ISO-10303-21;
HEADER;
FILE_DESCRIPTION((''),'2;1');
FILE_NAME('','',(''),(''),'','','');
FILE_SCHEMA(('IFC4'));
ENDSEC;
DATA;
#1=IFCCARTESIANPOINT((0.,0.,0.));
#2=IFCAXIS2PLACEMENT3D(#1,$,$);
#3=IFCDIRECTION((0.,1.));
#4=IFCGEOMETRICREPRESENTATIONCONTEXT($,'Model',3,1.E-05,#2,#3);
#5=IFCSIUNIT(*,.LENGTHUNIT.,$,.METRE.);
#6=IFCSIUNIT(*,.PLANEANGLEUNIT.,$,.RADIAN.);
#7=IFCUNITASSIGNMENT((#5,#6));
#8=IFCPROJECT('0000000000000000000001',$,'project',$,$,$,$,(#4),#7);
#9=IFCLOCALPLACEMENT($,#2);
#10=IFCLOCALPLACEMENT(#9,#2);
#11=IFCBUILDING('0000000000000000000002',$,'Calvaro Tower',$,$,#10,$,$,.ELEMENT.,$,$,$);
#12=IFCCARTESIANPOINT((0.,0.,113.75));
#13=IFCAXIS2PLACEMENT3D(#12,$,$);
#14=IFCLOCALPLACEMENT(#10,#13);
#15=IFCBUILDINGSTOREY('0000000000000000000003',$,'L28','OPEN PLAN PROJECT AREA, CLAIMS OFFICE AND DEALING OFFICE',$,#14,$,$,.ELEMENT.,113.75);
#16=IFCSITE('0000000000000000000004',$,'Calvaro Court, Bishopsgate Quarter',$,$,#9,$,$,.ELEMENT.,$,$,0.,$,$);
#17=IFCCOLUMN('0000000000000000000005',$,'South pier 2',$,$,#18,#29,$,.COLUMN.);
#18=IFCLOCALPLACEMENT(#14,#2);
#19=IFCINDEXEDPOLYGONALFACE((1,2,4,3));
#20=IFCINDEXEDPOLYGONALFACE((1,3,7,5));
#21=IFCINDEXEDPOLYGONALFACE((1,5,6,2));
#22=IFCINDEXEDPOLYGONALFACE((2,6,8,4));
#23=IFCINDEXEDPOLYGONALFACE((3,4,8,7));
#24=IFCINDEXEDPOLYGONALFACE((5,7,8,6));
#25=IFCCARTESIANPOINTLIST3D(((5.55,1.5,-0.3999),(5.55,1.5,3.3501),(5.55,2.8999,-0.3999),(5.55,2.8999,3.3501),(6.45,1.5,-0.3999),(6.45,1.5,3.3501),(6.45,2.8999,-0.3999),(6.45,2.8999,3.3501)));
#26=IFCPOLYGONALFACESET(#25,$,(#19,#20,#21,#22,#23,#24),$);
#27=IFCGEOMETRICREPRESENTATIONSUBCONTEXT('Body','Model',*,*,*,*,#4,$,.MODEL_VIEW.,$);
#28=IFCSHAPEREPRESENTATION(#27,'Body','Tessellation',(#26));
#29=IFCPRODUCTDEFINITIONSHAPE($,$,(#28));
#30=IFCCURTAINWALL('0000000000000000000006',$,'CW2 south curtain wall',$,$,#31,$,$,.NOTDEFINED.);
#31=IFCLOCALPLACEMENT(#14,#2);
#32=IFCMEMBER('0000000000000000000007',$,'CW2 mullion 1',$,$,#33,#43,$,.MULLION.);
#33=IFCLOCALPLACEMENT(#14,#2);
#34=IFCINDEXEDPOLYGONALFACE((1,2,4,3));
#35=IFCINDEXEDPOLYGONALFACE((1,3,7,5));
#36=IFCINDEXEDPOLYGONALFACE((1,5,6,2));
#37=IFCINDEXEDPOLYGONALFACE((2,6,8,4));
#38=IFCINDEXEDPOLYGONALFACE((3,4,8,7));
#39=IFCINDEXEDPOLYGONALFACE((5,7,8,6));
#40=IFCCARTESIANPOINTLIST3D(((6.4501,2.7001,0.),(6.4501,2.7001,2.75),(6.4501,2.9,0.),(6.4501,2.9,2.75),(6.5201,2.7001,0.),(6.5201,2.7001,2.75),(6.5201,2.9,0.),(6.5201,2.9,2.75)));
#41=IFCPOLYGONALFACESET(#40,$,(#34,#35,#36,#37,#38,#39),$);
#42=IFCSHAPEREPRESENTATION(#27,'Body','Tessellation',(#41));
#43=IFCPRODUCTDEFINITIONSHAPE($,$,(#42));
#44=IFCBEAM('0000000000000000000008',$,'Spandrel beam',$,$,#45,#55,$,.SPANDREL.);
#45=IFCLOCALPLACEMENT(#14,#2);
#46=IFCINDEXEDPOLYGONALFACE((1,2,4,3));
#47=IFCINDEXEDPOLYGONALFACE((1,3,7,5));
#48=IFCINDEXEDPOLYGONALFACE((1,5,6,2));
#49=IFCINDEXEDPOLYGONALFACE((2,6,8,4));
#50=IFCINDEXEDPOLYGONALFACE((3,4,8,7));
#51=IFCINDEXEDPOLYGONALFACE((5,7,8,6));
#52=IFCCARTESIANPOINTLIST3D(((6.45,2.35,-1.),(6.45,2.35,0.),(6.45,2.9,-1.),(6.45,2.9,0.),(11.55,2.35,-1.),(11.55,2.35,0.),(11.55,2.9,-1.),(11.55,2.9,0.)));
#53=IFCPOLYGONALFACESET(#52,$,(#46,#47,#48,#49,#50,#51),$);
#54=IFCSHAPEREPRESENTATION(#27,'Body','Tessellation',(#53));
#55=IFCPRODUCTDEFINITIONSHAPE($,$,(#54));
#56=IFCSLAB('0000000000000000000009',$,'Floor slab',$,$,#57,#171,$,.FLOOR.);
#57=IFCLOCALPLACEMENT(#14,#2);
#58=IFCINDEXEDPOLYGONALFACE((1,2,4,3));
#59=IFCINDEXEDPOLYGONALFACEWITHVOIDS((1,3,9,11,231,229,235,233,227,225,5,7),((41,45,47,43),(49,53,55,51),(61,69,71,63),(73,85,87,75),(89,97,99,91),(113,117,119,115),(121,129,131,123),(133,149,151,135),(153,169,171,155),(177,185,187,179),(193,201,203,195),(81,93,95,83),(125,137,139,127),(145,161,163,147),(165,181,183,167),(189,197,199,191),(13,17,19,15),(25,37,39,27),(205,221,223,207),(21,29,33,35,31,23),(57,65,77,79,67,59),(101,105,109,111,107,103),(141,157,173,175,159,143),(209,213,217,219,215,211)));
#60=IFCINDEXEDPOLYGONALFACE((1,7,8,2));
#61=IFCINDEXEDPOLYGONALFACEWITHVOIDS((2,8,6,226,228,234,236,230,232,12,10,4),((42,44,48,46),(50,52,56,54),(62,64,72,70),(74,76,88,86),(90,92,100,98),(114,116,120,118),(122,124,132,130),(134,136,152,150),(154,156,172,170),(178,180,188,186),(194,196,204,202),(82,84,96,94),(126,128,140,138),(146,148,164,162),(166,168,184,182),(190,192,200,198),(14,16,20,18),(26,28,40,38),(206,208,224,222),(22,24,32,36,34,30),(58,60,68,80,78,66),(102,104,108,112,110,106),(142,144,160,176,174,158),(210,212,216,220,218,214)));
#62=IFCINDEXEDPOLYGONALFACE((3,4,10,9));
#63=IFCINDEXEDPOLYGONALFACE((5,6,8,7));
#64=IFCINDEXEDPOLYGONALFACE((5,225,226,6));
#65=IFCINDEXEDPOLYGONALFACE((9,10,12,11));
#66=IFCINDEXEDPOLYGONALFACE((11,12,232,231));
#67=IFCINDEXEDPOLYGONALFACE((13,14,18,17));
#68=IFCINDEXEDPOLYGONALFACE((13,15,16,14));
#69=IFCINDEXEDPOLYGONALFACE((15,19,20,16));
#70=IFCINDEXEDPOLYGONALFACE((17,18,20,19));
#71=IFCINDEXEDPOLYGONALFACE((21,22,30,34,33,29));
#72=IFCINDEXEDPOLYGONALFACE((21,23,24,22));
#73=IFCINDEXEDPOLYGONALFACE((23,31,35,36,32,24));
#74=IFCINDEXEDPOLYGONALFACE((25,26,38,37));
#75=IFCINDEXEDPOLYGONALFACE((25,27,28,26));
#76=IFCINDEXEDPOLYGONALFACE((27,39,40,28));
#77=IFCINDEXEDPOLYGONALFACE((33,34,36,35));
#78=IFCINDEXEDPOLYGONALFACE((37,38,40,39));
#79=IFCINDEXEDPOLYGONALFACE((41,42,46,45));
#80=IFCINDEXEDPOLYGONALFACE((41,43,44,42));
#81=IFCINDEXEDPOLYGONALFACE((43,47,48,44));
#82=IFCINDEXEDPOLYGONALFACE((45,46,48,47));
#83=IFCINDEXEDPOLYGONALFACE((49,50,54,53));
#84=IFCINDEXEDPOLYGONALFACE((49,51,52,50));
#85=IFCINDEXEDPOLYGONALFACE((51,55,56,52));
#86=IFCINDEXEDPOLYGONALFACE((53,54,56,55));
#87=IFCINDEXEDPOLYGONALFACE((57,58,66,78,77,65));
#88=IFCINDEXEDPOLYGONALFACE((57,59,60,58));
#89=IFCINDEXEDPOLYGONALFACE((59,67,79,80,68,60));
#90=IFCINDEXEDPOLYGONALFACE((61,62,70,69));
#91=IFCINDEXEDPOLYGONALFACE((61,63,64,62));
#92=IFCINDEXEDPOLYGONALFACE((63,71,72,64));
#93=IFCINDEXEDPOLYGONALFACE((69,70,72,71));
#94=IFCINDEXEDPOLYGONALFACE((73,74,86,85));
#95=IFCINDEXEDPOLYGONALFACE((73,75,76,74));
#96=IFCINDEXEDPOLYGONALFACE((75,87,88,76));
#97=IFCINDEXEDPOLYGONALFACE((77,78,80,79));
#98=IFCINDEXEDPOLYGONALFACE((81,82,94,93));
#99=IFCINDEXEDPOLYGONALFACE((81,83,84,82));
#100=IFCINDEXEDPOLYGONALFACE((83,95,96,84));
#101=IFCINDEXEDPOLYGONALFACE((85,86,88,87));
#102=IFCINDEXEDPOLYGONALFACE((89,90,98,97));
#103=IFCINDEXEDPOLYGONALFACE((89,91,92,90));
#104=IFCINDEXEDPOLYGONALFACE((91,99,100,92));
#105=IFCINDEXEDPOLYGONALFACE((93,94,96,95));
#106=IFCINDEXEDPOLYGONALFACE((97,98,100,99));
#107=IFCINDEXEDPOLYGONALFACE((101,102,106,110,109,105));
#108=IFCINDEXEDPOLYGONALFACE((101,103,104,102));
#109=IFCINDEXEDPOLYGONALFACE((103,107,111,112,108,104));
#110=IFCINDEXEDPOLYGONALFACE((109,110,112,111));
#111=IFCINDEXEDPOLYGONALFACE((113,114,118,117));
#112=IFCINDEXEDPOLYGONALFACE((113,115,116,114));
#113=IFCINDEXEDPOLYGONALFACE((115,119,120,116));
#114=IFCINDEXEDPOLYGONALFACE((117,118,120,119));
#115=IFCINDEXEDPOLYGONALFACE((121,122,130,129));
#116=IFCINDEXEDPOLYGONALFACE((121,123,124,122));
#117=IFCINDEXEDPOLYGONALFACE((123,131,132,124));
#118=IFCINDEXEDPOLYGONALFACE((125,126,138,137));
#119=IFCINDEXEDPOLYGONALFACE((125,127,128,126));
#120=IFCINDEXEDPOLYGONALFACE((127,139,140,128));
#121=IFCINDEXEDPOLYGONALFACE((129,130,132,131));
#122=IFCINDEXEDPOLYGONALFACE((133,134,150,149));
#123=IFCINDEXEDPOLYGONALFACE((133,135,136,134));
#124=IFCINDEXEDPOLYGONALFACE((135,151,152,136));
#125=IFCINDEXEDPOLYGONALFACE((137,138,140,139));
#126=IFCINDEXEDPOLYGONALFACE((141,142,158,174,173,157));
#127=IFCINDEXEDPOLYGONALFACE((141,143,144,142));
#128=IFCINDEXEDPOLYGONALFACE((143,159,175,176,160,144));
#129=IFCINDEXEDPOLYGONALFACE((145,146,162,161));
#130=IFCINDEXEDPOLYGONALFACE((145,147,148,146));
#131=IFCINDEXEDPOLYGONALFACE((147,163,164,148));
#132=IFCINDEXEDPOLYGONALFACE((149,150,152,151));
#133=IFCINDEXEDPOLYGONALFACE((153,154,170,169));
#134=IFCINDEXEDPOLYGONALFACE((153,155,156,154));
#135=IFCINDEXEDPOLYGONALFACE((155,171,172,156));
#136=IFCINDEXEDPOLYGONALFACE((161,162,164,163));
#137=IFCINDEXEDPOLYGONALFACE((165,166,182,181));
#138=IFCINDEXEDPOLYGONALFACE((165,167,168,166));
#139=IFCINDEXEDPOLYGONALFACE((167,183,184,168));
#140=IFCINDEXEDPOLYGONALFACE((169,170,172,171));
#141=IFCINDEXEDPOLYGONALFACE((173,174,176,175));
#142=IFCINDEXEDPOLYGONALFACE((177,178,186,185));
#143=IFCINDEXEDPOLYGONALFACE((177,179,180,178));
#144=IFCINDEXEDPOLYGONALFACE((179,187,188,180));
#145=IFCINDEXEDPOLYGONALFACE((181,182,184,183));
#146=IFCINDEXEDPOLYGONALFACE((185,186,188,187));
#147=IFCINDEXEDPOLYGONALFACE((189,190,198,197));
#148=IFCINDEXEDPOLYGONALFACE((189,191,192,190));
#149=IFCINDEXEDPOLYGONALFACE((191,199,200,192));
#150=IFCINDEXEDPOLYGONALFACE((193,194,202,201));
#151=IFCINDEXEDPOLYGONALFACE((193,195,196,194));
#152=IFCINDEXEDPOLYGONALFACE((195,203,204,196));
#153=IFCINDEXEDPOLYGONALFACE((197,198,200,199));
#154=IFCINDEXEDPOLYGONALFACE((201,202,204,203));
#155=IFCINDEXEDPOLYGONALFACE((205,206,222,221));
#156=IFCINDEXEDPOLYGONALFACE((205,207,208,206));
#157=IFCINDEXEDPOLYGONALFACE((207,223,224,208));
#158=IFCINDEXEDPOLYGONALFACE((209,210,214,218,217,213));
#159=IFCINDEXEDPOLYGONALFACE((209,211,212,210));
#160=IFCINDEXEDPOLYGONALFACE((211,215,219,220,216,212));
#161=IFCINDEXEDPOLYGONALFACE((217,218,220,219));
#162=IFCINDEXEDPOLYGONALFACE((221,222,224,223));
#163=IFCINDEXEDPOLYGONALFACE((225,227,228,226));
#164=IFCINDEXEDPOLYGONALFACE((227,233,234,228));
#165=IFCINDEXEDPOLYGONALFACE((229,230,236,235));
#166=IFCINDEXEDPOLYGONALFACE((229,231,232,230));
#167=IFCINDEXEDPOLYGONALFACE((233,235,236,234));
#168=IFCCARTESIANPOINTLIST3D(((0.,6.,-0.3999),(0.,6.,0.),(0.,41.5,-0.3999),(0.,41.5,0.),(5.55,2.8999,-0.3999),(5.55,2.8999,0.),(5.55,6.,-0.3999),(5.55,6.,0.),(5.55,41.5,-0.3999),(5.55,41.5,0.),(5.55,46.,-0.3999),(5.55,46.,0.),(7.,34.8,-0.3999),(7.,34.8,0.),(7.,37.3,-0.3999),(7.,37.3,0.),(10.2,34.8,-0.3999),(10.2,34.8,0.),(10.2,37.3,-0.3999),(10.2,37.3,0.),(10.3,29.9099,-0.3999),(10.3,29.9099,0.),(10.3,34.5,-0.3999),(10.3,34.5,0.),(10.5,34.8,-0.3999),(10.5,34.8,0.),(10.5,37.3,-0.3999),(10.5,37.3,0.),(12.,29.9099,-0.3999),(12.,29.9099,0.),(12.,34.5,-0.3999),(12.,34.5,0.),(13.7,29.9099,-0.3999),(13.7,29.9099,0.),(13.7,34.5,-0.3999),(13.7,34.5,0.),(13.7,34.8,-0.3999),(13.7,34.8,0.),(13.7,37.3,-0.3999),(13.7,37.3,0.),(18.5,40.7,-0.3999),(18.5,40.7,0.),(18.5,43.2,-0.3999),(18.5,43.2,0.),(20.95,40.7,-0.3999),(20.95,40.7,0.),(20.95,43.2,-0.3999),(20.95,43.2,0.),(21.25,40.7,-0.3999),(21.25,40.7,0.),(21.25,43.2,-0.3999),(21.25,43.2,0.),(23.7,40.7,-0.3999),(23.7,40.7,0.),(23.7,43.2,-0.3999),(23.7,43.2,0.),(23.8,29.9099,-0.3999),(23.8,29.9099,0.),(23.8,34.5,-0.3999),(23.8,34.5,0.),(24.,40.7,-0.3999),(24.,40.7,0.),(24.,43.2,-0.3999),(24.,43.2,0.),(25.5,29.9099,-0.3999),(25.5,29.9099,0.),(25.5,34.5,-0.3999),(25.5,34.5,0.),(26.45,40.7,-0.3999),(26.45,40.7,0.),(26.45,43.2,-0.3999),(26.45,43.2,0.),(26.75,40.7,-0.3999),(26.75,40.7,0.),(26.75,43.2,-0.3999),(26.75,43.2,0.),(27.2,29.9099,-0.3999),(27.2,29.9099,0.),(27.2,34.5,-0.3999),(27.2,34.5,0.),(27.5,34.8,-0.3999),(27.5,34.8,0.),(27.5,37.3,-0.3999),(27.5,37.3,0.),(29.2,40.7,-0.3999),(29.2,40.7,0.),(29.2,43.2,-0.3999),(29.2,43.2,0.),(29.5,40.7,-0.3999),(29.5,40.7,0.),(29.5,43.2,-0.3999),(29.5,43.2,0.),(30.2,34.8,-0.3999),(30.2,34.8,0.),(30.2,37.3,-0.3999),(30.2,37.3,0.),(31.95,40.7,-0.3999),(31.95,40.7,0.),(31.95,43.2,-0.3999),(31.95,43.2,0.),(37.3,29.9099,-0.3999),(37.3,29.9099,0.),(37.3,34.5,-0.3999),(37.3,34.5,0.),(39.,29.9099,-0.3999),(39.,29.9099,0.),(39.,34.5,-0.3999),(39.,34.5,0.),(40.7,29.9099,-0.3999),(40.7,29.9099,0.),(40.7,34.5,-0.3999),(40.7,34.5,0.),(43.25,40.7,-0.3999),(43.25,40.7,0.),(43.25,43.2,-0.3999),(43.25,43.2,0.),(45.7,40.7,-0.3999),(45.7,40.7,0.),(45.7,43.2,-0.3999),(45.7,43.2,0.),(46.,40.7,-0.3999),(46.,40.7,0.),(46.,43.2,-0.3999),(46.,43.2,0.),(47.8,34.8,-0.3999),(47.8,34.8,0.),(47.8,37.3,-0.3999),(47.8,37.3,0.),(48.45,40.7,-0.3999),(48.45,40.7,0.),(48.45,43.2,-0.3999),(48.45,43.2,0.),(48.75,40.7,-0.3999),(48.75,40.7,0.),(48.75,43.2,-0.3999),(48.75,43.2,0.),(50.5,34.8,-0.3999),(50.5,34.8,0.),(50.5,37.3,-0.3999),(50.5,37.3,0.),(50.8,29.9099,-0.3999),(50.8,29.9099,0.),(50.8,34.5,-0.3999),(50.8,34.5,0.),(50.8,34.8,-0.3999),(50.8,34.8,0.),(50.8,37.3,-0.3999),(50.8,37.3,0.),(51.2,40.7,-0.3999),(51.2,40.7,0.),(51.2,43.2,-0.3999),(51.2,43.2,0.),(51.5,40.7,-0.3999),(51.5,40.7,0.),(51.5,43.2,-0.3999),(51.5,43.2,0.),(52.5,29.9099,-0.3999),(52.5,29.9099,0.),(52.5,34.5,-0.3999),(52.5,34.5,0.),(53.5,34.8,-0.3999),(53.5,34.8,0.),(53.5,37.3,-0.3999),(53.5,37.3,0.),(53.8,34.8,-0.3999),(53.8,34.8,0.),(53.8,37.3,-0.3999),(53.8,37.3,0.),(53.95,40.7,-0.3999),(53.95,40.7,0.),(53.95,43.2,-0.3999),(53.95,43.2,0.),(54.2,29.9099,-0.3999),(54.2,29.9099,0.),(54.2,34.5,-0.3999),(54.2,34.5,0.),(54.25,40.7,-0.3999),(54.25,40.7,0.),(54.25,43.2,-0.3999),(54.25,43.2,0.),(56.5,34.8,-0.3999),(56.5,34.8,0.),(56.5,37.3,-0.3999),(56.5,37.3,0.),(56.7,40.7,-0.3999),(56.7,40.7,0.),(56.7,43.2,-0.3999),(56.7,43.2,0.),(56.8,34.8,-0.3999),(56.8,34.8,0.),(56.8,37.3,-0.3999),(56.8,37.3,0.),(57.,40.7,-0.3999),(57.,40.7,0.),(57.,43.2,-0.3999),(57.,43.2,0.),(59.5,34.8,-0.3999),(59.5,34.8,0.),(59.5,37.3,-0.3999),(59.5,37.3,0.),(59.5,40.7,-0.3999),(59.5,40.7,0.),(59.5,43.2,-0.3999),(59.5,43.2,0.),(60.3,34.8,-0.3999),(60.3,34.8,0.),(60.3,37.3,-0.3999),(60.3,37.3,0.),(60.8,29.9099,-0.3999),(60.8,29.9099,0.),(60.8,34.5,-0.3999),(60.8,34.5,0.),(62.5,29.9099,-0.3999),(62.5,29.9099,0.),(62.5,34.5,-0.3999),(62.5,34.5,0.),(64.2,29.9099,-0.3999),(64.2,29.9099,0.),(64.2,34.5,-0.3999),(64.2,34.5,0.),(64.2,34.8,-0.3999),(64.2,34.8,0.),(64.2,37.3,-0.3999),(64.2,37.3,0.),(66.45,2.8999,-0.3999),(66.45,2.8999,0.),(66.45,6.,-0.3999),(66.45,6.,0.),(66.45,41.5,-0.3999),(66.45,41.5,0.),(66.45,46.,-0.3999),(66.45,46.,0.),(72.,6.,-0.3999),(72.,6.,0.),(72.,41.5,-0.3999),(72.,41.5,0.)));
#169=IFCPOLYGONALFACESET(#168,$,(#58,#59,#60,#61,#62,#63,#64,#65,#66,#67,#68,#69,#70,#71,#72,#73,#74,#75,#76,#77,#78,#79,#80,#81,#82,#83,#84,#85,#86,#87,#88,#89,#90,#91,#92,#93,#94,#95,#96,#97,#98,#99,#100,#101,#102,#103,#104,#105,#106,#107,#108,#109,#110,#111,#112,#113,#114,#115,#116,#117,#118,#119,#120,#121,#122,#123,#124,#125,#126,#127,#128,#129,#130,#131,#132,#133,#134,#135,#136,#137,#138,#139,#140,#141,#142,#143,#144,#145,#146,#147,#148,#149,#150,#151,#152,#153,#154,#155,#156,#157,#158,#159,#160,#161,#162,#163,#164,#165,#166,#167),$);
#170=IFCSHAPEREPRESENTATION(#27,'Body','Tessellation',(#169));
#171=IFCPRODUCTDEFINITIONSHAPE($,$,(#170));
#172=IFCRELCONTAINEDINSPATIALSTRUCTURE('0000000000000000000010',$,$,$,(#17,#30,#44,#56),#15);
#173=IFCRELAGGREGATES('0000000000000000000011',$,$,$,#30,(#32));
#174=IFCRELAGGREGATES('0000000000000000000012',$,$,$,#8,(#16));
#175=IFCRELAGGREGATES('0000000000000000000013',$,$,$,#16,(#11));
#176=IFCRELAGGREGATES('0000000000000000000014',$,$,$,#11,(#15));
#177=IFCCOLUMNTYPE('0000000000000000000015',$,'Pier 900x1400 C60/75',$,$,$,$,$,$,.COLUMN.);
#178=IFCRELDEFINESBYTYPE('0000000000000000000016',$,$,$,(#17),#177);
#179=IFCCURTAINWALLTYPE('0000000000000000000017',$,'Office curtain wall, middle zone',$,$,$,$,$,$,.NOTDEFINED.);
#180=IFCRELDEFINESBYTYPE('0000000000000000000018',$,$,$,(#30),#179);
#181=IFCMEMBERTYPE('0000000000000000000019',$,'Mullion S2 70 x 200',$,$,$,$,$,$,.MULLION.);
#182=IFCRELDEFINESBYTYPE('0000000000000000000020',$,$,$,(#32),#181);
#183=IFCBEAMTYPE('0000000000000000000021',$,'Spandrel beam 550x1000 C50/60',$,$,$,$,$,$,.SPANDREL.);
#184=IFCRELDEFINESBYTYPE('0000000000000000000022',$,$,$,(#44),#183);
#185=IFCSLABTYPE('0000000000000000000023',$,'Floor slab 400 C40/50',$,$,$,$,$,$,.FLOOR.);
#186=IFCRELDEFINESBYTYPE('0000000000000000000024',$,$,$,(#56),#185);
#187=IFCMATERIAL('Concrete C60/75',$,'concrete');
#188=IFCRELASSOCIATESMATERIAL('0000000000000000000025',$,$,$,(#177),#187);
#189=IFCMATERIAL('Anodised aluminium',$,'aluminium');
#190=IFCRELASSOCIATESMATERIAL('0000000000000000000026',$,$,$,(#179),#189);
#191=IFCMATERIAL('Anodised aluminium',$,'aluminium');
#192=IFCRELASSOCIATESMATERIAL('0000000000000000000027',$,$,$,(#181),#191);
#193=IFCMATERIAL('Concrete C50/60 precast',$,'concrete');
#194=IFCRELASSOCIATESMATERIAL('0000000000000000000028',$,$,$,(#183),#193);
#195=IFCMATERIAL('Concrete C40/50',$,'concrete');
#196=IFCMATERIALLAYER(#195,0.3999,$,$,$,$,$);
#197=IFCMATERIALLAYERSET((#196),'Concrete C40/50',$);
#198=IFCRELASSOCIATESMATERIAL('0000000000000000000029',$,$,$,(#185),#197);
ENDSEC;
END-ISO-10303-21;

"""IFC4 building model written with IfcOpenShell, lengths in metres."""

from ifc_helpers import new_model, si_unit, direction, frame, origin, origin_2d, place, context, subcontext, project, spatial, polyline, rectangle, outline, extrude, material, layer, layer_set, material_profile, profile_set, type_object, element, aggregate, save


model = new_model("IFC4")

# Units and contexts
model_context = context("Model", 3, precision=1e-05, world=origin(), true_north=direction((0.0, 1.0)))
body_context = subcontext(model_context, "Body", "Model", "MODEL_VIEW")
ifc_project = project(units=[si_unit("LENGTHUNIT", "METRE"), si_unit("PLANEANGLEUNIT", "RADIAN")], contexts=[model_context])

# Site, building, storey
site_placement = place(None, origin())
site = spatial("IfcSite", under=ifc_project, at=site_placement, Name="Calvaro Court, Bishopsgate Quarter", CompositionType="ELEMENT", RefElevation=0.0)
building_placement = place(site_placement, origin())
building = spatial("IfcBuilding", under=site, at=building_placement, Name="Calvaro Tower", CompositionType="ELEMENT")
storey_placement = place(building_placement, frame((0.0, 0.0, 113.75)))
storey = spatial("IfcBuildingStorey", under=building, at=storey_placement, Name="L28", Description="OPEN PLAN PROJECT AREA, CLAIMS OFFICE AND DEALING OFFICE", CompositionType="ELEMENT", Elevation=113.75)

# Column
ifc_material_1 = material(Name="Concrete C60/75", Category="concrete")
ifc_material_profile_1 = material_profile(ifc_material_1, rectangle(XDim=0.8999, YDim=1.3999, at=origin_2d()), Name="RC 900x1400")
ifc_profile_set_1 = profile_set([ifc_material_profile_1], Name="Concrete C60/75")
column_type = type_object("IfcColumnType", Name="Pier 900x1400 C60/75", PredefinedType="COLUMN", material=ifc_profile_set_1)
column_placement = place(storey_placement, frame((6.0, 2.2, -0.3999), z_axis=(0.0, 0.0, 1.0), x_axis=(1.0, 0.0, 0.0)))
element("IfcColumn", 1, at=column_placement, inside=storey, type_object=column_type, Name="South pier 2", PredefinedType="COLUMN", context=body_context, shape_type="SweptSolid", body=[
    extrude(rectangle(XDim=0.8999, YDim=1.3999, at=origin_2d()), origin(), (0.0, 0.0, 1.0), 3.75),
])

# Curtain wall, member
ifc_material_2 = material(Name="Anodised aluminium", Category="aluminium")
curtain_wall_type = type_object("IfcCurtainWallType", Name="Office curtain wall, middle zone", PredefinedType="NOTDEFINED", material=ifc_material_2)
curtain_wall_placement = place(storey_placement, origin())
curtain_wall = element("IfcCurtainWall", 2, at=curtain_wall_placement, inside=storey, type_object=curtain_wall_type, Name="CW2 south curtain wall", PredefinedType="NOTDEFINED")
ifc_material_3 = material(Name="Anodised aluminium", Category="aluminium")
ifc_material_profile_2 = material_profile(ifc_material_3, rectangle(XDim=0.2, YDim=0.0701, at=origin_2d()), Name="Mullion S2 70 x 200")
ifc_profile_set_2 = profile_set([ifc_material_profile_2], Name="Anodised aluminium")
member_type = type_object("IfcMemberType", Name="Mullion S2 70 x 200", PredefinedType="MULLION", material=ifc_profile_set_2)
member_placement = place(storey_placement, frame((6.4851, 2.8, 0.0), z_axis=(0.0, 0.0, 1.0), x_axis=(0.0, 1.0, 0.0)))
member = element("IfcMember", 3, at=member_placement, type_object=member_type, Name="CW2 mullion 1", PredefinedType="MULLION", context=body_context, shape_type="SweptSolid", body=[
    extrude(rectangle(XDim=0.2, YDim=0.0701, at=origin_2d()), origin(), (0.0, 0.0, 1.0), 2.75),
])
aggregate(curtain_wall, [member])

# Beam
ifc_material_4 = material(Name="Concrete C50/60 precast", Category="concrete")
ifc_material_profile_3 = material_profile(ifc_material_4, rectangle(XDim=0.55, YDim=1.0, at=origin_2d()), Name="RC 550x1000")
ifc_profile_set_3 = profile_set([ifc_material_profile_3], Name="Concrete C50/60 precast")
beam_type = type_object("IfcBeamType", Name="Spandrel beam 550x1000 C50/60", PredefinedType="SPANDREL", material=ifc_profile_set_3)
beam_placement = place(storey_placement, frame((6.45, 2.625, -0.5), z_axis=(1.0, 0.0, 0.0), x_axis=(0.0, 1.0, 0.0)))
element("IfcBeam", 4, at=beam_placement, inside=storey, type_object=beam_type, Name="Spandrel beam", PredefinedType="SPANDREL", context=body_context, shape_type="SweptSolid", body=[
    extrude(rectangle(XDim=0.55, YDim=1.0, at=origin_2d()), origin(), (0.0, 0.0, 1.0), 5.1001),
])

# Slab
ifc_material_5 = material(Name="Concrete C40/50", Category="concrete")
ifc_layer_1 = layer(ifc_material_5, 0.3999)
ifc_layer_set_1 = layer_set([ifc_layer_1], Name="Concrete C40/50")
slab_type_1 = type_object("IfcSlabType", Name="Floor slab 400 C40/50", PredefinedType="FLOOR", material=ifc_layer_set_1)
slab_1_placement = place(storey_placement, frame((0.0, 0.0, -0.3999)))
element("IfcSlab", 5, at=slab_1_placement, inside=storey, type_object=slab_type_1, Name="Floor slab", PredefinedType="FLOOR", context=body_context, shape_type="SweptSolid", body=[
    extrude(outline(polyline([(66.45, 6.0), (66.45, 2.8999), (5.55, 2.8999), (5.55, 6.0), (0.0, 6.0), (0.0, 41.5), (5.55, 41.5), (5.55, 46.0), (66.45, 46.0), (66.45, 41.5), (72.0, 41.5), (72.0, 6.0), (66.45, 6.0)]), holes=[polyline([(10.3, 29.9099), (10.3, 34.5), (12.0, 34.5), (13.7, 34.5), (13.7, 29.9099), (12.0, 29.9099), (10.3, 29.9099)]), polyline([(23.8, 29.9099), (23.8, 34.5), (25.5, 34.5), (27.2, 34.5), (27.2, 29.9099), (25.5, 29.9099), (23.8, 29.9099)]), polyline([(37.3, 29.9099), (37.3, 34.5), (39.0, 34.5), (40.7, 34.5), (40.7, 29.9099), (39.0, 29.9099), (37.3, 29.9099)]), polyline([(50.8, 29.9099), (50.8, 34.5), (52.5, 34.5), (54.2, 34.5), (54.2, 29.9099), (52.5, 29.9099), (50.8, 29.9099)]), polyline([(60.8, 29.9099), (60.8, 34.5), (62.5, 34.5), (64.2, 34.5), (64.2, 29.9099), (62.5, 29.9099), (60.8, 29.9099)]), polyline([(50.8, 34.8), (53.5, 34.8), (53.5, 37.3), (50.8, 37.3), (50.8, 34.8)]), polyline([(53.8, 34.8), (56.5, 34.8), (56.5, 37.3), (53.8, 37.3), (53.8, 34.8)]), polyline([(56.8, 34.8), (59.5, 34.8), (59.5, 37.3), (56.8, 37.3), (56.8, 34.8)]), polyline([(18.5, 40.7), (20.95, 40.7), (20.95, 43.2), (18.5, 43.2), (18.5, 40.7)]), polyline([(21.25, 40.7), (23.7, 40.7), (23.7, 43.2), (21.25, 43.2), (21.25, 40.7)]), polyline([(24.0, 40.7), (26.45, 40.7), (26.45, 43.2), (24.0, 43.2), (24.0, 40.7)]), polyline([(26.75, 40.7), (29.2, 40.7), (29.2, 43.2), (26.75, 43.2), (26.75, 40.7)]), polyline([(29.5, 40.7), (31.95, 40.7), (31.95, 43.2), (29.5, 43.2), (29.5, 40.7)]), polyline([(43.25, 40.7), (45.7, 40.7), (45.7, 43.2), (43.25, 43.2), (43.25, 40.7)]), polyline([(46.0, 40.7), (48.45, 40.7), (48.45, 43.2), (46.0, 43.2), (46.0, 40.7)]), polyline([(48.75, 40.7), (51.2, 40.7), (51.2, 43.2), (48.75, 43.2), (48.75, 40.7)]), polyline([(51.5, 40.7), (53.95, 40.7), (53.95, 43.2), (51.5, 43.2), (51.5, 40.7)]), polyline([(54.25, 40.7), (56.7, 40.7), (56.7, 43.2), (54.25, 43.2), (54.25, 40.7)]), polyline([(57.0, 40.7), (59.5, 40.7), (59.5, 43.2), (57.0, 43.2), (57.0, 40.7)]), polyline([(7.0, 34.8), (10.2, 34.8), (10.2, 37.3), (7.0, 37.3), (7.0, 34.8)]), polyline([(10.5, 34.8), (13.7, 34.8), (13.7, 37.3), (10.5, 37.3), (10.5, 34.8)]), polyline([(60.3, 34.8), (64.2, 34.8), (64.2, 37.3), (60.3, 37.3), (60.3, 34.8)]), polyline([(27.5, 34.8), (30.2, 34.8), (30.2, 37.3), (27.5, 37.3), (27.5, 34.8)]), polyline([(47.8, 34.8), (50.5, 34.8), (50.5, 37.3), (47.8, 37.3), (47.8, 34.8)])]), origin(), (0.0, 0.0, 1.0), 0.3999),
])

save(model, "model.ifc")
